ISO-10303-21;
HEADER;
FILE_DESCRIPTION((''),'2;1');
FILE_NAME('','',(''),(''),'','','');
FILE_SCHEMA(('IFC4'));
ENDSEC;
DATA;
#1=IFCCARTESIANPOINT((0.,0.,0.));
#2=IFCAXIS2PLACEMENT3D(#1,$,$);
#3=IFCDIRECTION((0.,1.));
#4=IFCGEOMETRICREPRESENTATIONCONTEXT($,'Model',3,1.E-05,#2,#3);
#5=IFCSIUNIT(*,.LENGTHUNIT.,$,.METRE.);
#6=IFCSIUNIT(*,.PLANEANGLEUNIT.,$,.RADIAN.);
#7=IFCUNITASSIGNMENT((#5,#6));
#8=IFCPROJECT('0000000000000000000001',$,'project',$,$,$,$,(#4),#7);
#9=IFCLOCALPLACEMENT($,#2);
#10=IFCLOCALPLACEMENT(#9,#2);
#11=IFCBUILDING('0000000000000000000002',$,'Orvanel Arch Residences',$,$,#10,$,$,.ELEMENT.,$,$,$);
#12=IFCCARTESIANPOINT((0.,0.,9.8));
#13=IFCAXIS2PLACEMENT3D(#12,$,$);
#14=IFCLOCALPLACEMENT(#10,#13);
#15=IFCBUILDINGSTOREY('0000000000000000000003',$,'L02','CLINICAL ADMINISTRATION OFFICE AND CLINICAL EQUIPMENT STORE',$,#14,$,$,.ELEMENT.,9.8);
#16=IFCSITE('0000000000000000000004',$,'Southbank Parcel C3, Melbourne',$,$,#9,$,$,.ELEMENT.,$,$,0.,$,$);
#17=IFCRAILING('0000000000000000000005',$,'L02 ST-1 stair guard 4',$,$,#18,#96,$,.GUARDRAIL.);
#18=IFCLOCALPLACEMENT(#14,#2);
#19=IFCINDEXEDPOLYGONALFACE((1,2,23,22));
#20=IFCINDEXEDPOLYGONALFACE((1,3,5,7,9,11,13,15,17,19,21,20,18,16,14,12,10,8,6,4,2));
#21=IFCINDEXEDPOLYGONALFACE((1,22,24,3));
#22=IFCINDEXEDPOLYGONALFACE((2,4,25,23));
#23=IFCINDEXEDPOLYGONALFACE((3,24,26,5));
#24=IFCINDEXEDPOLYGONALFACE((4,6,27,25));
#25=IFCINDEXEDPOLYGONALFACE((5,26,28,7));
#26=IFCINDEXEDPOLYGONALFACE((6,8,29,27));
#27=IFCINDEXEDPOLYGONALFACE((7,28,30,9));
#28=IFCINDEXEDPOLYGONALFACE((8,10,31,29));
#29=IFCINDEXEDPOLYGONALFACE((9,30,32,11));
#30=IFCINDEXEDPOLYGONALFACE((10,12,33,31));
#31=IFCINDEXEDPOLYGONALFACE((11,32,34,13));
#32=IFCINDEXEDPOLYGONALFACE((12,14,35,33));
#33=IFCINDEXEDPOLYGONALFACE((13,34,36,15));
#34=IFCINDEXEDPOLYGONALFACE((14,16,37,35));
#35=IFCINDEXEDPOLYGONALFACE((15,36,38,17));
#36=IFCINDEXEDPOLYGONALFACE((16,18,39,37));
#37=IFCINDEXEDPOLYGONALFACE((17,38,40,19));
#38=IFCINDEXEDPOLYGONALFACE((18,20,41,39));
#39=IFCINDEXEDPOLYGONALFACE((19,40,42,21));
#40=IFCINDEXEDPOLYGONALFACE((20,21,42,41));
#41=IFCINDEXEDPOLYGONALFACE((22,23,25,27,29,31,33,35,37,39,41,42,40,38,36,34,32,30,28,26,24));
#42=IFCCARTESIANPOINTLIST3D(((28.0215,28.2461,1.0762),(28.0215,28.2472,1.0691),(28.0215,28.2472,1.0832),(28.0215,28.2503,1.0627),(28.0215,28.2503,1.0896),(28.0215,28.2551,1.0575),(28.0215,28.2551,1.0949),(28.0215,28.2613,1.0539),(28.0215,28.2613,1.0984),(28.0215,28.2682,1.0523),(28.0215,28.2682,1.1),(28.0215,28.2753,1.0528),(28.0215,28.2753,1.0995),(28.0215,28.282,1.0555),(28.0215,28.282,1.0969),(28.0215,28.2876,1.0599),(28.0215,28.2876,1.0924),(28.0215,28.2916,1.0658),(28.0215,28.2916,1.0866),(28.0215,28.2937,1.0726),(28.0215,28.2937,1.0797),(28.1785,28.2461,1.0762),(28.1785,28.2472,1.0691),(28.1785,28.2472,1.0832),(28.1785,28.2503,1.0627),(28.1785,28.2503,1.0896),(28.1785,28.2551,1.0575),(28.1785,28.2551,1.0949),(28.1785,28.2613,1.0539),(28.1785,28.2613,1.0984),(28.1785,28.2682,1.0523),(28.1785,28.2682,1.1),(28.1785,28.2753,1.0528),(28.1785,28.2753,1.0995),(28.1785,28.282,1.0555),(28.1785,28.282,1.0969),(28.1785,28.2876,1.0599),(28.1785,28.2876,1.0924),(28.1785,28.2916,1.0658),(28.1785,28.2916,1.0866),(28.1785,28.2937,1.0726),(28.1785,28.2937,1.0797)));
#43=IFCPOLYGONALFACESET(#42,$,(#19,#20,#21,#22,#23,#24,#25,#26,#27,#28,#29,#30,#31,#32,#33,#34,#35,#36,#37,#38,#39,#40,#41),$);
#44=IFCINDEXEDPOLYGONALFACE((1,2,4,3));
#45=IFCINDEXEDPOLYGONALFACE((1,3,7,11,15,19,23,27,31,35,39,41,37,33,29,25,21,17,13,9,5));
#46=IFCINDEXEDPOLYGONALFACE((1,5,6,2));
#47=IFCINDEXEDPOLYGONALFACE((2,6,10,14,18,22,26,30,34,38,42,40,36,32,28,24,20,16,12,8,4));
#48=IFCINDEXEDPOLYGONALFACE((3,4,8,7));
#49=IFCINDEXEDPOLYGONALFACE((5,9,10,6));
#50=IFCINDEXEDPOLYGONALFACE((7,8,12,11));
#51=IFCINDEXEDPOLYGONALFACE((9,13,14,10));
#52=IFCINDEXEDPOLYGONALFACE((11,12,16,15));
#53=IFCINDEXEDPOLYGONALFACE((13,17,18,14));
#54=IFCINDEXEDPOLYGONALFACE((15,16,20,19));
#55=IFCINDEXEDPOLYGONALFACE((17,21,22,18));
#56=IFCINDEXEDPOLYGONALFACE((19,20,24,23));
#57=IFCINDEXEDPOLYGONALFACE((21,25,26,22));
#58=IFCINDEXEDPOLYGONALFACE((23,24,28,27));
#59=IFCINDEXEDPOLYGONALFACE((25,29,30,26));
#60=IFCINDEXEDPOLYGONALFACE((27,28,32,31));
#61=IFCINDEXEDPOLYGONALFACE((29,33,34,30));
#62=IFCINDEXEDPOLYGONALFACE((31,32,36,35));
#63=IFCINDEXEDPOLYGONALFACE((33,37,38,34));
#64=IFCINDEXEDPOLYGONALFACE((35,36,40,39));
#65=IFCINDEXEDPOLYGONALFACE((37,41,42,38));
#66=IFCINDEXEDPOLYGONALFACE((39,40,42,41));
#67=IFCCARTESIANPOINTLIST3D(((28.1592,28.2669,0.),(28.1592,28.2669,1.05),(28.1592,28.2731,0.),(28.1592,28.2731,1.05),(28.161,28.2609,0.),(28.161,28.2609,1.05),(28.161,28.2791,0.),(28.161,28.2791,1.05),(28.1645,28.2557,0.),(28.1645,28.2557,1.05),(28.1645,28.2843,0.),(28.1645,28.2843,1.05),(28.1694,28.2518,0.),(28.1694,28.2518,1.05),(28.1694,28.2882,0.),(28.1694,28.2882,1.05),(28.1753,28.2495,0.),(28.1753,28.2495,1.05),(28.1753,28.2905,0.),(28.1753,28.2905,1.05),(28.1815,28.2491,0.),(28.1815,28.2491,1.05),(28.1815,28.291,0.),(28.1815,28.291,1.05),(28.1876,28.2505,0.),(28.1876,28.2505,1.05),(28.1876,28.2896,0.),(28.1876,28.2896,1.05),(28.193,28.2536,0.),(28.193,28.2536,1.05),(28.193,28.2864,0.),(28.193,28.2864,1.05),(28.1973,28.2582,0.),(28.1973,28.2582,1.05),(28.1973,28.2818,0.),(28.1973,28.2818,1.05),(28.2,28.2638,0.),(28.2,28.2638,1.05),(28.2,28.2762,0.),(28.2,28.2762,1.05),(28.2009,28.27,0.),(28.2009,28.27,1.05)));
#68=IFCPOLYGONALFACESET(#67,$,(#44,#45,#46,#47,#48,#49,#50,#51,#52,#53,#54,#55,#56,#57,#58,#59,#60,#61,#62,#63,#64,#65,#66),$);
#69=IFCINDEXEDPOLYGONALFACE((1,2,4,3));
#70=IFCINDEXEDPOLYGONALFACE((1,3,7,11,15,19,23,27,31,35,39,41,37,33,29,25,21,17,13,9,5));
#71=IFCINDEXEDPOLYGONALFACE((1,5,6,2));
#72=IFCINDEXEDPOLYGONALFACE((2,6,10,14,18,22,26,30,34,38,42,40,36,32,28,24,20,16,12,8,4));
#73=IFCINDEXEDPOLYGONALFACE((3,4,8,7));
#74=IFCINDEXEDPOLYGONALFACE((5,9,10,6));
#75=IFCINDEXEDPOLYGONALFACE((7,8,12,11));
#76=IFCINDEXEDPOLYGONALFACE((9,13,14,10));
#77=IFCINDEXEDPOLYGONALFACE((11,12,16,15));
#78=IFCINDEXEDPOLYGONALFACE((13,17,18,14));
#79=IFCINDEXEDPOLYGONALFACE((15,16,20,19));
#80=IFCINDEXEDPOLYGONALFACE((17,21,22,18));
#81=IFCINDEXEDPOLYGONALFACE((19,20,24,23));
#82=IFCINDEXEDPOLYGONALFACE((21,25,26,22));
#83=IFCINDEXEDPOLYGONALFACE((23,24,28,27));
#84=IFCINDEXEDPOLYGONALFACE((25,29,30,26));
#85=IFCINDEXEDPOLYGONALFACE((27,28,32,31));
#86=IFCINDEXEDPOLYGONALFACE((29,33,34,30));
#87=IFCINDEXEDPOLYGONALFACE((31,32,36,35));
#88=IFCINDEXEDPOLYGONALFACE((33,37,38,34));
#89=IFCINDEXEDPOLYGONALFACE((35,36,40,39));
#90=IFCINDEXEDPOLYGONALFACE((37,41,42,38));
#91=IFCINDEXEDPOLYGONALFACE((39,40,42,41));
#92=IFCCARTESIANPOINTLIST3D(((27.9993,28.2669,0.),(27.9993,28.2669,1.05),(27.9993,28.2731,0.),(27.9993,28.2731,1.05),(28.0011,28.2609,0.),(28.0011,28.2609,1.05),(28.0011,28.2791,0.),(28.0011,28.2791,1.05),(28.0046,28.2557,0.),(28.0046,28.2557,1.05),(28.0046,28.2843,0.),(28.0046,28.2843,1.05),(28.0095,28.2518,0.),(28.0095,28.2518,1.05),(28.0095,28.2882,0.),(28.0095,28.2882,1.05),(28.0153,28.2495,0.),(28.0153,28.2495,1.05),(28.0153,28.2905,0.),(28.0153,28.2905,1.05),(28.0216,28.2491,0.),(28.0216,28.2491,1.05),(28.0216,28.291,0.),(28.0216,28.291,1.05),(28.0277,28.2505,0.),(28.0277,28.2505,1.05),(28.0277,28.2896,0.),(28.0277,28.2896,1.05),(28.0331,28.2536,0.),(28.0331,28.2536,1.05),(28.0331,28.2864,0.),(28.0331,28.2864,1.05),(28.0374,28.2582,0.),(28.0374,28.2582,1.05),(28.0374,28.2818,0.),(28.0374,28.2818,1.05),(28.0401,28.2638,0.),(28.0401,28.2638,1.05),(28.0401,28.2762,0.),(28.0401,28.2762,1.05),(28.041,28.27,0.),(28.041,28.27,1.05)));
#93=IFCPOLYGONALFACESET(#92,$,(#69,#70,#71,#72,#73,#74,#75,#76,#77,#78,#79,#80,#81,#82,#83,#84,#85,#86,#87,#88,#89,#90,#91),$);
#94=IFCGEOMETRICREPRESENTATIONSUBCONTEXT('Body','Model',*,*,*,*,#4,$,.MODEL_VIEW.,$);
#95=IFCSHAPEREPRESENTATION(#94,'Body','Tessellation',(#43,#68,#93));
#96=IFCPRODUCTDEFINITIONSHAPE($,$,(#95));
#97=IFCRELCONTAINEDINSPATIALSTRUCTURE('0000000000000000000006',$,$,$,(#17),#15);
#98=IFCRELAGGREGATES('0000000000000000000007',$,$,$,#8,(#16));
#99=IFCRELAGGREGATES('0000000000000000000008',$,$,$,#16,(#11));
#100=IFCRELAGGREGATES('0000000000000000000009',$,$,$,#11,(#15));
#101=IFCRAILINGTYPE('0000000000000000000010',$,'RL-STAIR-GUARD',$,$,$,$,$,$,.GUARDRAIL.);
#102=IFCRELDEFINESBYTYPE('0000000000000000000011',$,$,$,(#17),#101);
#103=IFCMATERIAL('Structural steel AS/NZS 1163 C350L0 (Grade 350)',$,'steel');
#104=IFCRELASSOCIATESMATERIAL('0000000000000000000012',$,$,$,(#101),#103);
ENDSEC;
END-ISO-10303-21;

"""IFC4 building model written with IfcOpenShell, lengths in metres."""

from ifc_helpers import new_model, si_unit, direction, frame, origin, origin_2d, place, context, subcontext, project, spatial, circle, extrude, material, type_object, element, save


model = new_model("IFC4")

# Units and contexts
model_context = context("Model", 3, precision=1e-05, world=origin(), true_north=direction((0.0, 1.0)))
body_context = subcontext(model_context, "Body", "Model", "MODEL_VIEW")
ifc_project = project(units=[si_unit("LENGTHUNIT", "METRE"), si_unit("PLANEANGLEUNIT", "RADIAN")], contexts=[model_context])

# Site, building, storey
site_placement = place(None, origin())
site = spatial("IfcSite", under=ifc_project, at=site_placement, Name="Southbank Parcel C3, Melbourne", CompositionType="ELEMENT", RefElevation=0.0)
building_placement = place(site_placement, origin())
building = spatial("IfcBuilding", under=site, at=building_placement, Name="Orvanel Arch Residences", CompositionType="ELEMENT")
storey_placement = place(building_placement, frame((0.0, 0.0, 9.8)))
storey = spatial("IfcBuildingStorey", under=building, at=storey_placement, Name="L02", Description="CLINICAL ADMINISTRATION OFFICE AND CLINICAL EQUIPMENT STORE", CompositionType="ELEMENT", Elevation=9.8)

# Shared definitions
ifc_material_1 = material(Name="Structural steel AS/NZS 1163 C350L0 (Grade 350)", Category="steel")

# Railing
railing_type = type_object("IfcRailingType", Name="RL-STAIR-GUARD", PredefinedType="GUARDRAIL", material=ifc_material_1)
railing_1_placement = place(storey_placement, frame((28.1799, 28.27, 0.0)))
element("IfcRailing", 1, at=railing_1_placement, inside=storey, type_object=railing_type, Name="L02 ST-1 stair guard 4", PredefinedType="GUARDRAIL", context=body_context, shape_type="SweptSolid", body=[
    extrude(circle(Radius=0.0239, at=origin_2d()), frame((-0.0015, 0.0, 1.0762), z_axis=(-1.0, 0.0, 0.0), x_axis=(0.0, -1.0, 0.0)), (0.0, 0.0, 1.0), 0.157),
    extrude(circle(Radius=0.021, at=origin_2d()), origin(), (0.0, 0.0, 1.0), 1.05),
    extrude(circle(Radius=0.021, at=origin_2d()), frame((-0.1599, 0.0, 0.0)), (0.0, 0.0, 1.0), 1.05),
])

save(model, "model.ifc")
